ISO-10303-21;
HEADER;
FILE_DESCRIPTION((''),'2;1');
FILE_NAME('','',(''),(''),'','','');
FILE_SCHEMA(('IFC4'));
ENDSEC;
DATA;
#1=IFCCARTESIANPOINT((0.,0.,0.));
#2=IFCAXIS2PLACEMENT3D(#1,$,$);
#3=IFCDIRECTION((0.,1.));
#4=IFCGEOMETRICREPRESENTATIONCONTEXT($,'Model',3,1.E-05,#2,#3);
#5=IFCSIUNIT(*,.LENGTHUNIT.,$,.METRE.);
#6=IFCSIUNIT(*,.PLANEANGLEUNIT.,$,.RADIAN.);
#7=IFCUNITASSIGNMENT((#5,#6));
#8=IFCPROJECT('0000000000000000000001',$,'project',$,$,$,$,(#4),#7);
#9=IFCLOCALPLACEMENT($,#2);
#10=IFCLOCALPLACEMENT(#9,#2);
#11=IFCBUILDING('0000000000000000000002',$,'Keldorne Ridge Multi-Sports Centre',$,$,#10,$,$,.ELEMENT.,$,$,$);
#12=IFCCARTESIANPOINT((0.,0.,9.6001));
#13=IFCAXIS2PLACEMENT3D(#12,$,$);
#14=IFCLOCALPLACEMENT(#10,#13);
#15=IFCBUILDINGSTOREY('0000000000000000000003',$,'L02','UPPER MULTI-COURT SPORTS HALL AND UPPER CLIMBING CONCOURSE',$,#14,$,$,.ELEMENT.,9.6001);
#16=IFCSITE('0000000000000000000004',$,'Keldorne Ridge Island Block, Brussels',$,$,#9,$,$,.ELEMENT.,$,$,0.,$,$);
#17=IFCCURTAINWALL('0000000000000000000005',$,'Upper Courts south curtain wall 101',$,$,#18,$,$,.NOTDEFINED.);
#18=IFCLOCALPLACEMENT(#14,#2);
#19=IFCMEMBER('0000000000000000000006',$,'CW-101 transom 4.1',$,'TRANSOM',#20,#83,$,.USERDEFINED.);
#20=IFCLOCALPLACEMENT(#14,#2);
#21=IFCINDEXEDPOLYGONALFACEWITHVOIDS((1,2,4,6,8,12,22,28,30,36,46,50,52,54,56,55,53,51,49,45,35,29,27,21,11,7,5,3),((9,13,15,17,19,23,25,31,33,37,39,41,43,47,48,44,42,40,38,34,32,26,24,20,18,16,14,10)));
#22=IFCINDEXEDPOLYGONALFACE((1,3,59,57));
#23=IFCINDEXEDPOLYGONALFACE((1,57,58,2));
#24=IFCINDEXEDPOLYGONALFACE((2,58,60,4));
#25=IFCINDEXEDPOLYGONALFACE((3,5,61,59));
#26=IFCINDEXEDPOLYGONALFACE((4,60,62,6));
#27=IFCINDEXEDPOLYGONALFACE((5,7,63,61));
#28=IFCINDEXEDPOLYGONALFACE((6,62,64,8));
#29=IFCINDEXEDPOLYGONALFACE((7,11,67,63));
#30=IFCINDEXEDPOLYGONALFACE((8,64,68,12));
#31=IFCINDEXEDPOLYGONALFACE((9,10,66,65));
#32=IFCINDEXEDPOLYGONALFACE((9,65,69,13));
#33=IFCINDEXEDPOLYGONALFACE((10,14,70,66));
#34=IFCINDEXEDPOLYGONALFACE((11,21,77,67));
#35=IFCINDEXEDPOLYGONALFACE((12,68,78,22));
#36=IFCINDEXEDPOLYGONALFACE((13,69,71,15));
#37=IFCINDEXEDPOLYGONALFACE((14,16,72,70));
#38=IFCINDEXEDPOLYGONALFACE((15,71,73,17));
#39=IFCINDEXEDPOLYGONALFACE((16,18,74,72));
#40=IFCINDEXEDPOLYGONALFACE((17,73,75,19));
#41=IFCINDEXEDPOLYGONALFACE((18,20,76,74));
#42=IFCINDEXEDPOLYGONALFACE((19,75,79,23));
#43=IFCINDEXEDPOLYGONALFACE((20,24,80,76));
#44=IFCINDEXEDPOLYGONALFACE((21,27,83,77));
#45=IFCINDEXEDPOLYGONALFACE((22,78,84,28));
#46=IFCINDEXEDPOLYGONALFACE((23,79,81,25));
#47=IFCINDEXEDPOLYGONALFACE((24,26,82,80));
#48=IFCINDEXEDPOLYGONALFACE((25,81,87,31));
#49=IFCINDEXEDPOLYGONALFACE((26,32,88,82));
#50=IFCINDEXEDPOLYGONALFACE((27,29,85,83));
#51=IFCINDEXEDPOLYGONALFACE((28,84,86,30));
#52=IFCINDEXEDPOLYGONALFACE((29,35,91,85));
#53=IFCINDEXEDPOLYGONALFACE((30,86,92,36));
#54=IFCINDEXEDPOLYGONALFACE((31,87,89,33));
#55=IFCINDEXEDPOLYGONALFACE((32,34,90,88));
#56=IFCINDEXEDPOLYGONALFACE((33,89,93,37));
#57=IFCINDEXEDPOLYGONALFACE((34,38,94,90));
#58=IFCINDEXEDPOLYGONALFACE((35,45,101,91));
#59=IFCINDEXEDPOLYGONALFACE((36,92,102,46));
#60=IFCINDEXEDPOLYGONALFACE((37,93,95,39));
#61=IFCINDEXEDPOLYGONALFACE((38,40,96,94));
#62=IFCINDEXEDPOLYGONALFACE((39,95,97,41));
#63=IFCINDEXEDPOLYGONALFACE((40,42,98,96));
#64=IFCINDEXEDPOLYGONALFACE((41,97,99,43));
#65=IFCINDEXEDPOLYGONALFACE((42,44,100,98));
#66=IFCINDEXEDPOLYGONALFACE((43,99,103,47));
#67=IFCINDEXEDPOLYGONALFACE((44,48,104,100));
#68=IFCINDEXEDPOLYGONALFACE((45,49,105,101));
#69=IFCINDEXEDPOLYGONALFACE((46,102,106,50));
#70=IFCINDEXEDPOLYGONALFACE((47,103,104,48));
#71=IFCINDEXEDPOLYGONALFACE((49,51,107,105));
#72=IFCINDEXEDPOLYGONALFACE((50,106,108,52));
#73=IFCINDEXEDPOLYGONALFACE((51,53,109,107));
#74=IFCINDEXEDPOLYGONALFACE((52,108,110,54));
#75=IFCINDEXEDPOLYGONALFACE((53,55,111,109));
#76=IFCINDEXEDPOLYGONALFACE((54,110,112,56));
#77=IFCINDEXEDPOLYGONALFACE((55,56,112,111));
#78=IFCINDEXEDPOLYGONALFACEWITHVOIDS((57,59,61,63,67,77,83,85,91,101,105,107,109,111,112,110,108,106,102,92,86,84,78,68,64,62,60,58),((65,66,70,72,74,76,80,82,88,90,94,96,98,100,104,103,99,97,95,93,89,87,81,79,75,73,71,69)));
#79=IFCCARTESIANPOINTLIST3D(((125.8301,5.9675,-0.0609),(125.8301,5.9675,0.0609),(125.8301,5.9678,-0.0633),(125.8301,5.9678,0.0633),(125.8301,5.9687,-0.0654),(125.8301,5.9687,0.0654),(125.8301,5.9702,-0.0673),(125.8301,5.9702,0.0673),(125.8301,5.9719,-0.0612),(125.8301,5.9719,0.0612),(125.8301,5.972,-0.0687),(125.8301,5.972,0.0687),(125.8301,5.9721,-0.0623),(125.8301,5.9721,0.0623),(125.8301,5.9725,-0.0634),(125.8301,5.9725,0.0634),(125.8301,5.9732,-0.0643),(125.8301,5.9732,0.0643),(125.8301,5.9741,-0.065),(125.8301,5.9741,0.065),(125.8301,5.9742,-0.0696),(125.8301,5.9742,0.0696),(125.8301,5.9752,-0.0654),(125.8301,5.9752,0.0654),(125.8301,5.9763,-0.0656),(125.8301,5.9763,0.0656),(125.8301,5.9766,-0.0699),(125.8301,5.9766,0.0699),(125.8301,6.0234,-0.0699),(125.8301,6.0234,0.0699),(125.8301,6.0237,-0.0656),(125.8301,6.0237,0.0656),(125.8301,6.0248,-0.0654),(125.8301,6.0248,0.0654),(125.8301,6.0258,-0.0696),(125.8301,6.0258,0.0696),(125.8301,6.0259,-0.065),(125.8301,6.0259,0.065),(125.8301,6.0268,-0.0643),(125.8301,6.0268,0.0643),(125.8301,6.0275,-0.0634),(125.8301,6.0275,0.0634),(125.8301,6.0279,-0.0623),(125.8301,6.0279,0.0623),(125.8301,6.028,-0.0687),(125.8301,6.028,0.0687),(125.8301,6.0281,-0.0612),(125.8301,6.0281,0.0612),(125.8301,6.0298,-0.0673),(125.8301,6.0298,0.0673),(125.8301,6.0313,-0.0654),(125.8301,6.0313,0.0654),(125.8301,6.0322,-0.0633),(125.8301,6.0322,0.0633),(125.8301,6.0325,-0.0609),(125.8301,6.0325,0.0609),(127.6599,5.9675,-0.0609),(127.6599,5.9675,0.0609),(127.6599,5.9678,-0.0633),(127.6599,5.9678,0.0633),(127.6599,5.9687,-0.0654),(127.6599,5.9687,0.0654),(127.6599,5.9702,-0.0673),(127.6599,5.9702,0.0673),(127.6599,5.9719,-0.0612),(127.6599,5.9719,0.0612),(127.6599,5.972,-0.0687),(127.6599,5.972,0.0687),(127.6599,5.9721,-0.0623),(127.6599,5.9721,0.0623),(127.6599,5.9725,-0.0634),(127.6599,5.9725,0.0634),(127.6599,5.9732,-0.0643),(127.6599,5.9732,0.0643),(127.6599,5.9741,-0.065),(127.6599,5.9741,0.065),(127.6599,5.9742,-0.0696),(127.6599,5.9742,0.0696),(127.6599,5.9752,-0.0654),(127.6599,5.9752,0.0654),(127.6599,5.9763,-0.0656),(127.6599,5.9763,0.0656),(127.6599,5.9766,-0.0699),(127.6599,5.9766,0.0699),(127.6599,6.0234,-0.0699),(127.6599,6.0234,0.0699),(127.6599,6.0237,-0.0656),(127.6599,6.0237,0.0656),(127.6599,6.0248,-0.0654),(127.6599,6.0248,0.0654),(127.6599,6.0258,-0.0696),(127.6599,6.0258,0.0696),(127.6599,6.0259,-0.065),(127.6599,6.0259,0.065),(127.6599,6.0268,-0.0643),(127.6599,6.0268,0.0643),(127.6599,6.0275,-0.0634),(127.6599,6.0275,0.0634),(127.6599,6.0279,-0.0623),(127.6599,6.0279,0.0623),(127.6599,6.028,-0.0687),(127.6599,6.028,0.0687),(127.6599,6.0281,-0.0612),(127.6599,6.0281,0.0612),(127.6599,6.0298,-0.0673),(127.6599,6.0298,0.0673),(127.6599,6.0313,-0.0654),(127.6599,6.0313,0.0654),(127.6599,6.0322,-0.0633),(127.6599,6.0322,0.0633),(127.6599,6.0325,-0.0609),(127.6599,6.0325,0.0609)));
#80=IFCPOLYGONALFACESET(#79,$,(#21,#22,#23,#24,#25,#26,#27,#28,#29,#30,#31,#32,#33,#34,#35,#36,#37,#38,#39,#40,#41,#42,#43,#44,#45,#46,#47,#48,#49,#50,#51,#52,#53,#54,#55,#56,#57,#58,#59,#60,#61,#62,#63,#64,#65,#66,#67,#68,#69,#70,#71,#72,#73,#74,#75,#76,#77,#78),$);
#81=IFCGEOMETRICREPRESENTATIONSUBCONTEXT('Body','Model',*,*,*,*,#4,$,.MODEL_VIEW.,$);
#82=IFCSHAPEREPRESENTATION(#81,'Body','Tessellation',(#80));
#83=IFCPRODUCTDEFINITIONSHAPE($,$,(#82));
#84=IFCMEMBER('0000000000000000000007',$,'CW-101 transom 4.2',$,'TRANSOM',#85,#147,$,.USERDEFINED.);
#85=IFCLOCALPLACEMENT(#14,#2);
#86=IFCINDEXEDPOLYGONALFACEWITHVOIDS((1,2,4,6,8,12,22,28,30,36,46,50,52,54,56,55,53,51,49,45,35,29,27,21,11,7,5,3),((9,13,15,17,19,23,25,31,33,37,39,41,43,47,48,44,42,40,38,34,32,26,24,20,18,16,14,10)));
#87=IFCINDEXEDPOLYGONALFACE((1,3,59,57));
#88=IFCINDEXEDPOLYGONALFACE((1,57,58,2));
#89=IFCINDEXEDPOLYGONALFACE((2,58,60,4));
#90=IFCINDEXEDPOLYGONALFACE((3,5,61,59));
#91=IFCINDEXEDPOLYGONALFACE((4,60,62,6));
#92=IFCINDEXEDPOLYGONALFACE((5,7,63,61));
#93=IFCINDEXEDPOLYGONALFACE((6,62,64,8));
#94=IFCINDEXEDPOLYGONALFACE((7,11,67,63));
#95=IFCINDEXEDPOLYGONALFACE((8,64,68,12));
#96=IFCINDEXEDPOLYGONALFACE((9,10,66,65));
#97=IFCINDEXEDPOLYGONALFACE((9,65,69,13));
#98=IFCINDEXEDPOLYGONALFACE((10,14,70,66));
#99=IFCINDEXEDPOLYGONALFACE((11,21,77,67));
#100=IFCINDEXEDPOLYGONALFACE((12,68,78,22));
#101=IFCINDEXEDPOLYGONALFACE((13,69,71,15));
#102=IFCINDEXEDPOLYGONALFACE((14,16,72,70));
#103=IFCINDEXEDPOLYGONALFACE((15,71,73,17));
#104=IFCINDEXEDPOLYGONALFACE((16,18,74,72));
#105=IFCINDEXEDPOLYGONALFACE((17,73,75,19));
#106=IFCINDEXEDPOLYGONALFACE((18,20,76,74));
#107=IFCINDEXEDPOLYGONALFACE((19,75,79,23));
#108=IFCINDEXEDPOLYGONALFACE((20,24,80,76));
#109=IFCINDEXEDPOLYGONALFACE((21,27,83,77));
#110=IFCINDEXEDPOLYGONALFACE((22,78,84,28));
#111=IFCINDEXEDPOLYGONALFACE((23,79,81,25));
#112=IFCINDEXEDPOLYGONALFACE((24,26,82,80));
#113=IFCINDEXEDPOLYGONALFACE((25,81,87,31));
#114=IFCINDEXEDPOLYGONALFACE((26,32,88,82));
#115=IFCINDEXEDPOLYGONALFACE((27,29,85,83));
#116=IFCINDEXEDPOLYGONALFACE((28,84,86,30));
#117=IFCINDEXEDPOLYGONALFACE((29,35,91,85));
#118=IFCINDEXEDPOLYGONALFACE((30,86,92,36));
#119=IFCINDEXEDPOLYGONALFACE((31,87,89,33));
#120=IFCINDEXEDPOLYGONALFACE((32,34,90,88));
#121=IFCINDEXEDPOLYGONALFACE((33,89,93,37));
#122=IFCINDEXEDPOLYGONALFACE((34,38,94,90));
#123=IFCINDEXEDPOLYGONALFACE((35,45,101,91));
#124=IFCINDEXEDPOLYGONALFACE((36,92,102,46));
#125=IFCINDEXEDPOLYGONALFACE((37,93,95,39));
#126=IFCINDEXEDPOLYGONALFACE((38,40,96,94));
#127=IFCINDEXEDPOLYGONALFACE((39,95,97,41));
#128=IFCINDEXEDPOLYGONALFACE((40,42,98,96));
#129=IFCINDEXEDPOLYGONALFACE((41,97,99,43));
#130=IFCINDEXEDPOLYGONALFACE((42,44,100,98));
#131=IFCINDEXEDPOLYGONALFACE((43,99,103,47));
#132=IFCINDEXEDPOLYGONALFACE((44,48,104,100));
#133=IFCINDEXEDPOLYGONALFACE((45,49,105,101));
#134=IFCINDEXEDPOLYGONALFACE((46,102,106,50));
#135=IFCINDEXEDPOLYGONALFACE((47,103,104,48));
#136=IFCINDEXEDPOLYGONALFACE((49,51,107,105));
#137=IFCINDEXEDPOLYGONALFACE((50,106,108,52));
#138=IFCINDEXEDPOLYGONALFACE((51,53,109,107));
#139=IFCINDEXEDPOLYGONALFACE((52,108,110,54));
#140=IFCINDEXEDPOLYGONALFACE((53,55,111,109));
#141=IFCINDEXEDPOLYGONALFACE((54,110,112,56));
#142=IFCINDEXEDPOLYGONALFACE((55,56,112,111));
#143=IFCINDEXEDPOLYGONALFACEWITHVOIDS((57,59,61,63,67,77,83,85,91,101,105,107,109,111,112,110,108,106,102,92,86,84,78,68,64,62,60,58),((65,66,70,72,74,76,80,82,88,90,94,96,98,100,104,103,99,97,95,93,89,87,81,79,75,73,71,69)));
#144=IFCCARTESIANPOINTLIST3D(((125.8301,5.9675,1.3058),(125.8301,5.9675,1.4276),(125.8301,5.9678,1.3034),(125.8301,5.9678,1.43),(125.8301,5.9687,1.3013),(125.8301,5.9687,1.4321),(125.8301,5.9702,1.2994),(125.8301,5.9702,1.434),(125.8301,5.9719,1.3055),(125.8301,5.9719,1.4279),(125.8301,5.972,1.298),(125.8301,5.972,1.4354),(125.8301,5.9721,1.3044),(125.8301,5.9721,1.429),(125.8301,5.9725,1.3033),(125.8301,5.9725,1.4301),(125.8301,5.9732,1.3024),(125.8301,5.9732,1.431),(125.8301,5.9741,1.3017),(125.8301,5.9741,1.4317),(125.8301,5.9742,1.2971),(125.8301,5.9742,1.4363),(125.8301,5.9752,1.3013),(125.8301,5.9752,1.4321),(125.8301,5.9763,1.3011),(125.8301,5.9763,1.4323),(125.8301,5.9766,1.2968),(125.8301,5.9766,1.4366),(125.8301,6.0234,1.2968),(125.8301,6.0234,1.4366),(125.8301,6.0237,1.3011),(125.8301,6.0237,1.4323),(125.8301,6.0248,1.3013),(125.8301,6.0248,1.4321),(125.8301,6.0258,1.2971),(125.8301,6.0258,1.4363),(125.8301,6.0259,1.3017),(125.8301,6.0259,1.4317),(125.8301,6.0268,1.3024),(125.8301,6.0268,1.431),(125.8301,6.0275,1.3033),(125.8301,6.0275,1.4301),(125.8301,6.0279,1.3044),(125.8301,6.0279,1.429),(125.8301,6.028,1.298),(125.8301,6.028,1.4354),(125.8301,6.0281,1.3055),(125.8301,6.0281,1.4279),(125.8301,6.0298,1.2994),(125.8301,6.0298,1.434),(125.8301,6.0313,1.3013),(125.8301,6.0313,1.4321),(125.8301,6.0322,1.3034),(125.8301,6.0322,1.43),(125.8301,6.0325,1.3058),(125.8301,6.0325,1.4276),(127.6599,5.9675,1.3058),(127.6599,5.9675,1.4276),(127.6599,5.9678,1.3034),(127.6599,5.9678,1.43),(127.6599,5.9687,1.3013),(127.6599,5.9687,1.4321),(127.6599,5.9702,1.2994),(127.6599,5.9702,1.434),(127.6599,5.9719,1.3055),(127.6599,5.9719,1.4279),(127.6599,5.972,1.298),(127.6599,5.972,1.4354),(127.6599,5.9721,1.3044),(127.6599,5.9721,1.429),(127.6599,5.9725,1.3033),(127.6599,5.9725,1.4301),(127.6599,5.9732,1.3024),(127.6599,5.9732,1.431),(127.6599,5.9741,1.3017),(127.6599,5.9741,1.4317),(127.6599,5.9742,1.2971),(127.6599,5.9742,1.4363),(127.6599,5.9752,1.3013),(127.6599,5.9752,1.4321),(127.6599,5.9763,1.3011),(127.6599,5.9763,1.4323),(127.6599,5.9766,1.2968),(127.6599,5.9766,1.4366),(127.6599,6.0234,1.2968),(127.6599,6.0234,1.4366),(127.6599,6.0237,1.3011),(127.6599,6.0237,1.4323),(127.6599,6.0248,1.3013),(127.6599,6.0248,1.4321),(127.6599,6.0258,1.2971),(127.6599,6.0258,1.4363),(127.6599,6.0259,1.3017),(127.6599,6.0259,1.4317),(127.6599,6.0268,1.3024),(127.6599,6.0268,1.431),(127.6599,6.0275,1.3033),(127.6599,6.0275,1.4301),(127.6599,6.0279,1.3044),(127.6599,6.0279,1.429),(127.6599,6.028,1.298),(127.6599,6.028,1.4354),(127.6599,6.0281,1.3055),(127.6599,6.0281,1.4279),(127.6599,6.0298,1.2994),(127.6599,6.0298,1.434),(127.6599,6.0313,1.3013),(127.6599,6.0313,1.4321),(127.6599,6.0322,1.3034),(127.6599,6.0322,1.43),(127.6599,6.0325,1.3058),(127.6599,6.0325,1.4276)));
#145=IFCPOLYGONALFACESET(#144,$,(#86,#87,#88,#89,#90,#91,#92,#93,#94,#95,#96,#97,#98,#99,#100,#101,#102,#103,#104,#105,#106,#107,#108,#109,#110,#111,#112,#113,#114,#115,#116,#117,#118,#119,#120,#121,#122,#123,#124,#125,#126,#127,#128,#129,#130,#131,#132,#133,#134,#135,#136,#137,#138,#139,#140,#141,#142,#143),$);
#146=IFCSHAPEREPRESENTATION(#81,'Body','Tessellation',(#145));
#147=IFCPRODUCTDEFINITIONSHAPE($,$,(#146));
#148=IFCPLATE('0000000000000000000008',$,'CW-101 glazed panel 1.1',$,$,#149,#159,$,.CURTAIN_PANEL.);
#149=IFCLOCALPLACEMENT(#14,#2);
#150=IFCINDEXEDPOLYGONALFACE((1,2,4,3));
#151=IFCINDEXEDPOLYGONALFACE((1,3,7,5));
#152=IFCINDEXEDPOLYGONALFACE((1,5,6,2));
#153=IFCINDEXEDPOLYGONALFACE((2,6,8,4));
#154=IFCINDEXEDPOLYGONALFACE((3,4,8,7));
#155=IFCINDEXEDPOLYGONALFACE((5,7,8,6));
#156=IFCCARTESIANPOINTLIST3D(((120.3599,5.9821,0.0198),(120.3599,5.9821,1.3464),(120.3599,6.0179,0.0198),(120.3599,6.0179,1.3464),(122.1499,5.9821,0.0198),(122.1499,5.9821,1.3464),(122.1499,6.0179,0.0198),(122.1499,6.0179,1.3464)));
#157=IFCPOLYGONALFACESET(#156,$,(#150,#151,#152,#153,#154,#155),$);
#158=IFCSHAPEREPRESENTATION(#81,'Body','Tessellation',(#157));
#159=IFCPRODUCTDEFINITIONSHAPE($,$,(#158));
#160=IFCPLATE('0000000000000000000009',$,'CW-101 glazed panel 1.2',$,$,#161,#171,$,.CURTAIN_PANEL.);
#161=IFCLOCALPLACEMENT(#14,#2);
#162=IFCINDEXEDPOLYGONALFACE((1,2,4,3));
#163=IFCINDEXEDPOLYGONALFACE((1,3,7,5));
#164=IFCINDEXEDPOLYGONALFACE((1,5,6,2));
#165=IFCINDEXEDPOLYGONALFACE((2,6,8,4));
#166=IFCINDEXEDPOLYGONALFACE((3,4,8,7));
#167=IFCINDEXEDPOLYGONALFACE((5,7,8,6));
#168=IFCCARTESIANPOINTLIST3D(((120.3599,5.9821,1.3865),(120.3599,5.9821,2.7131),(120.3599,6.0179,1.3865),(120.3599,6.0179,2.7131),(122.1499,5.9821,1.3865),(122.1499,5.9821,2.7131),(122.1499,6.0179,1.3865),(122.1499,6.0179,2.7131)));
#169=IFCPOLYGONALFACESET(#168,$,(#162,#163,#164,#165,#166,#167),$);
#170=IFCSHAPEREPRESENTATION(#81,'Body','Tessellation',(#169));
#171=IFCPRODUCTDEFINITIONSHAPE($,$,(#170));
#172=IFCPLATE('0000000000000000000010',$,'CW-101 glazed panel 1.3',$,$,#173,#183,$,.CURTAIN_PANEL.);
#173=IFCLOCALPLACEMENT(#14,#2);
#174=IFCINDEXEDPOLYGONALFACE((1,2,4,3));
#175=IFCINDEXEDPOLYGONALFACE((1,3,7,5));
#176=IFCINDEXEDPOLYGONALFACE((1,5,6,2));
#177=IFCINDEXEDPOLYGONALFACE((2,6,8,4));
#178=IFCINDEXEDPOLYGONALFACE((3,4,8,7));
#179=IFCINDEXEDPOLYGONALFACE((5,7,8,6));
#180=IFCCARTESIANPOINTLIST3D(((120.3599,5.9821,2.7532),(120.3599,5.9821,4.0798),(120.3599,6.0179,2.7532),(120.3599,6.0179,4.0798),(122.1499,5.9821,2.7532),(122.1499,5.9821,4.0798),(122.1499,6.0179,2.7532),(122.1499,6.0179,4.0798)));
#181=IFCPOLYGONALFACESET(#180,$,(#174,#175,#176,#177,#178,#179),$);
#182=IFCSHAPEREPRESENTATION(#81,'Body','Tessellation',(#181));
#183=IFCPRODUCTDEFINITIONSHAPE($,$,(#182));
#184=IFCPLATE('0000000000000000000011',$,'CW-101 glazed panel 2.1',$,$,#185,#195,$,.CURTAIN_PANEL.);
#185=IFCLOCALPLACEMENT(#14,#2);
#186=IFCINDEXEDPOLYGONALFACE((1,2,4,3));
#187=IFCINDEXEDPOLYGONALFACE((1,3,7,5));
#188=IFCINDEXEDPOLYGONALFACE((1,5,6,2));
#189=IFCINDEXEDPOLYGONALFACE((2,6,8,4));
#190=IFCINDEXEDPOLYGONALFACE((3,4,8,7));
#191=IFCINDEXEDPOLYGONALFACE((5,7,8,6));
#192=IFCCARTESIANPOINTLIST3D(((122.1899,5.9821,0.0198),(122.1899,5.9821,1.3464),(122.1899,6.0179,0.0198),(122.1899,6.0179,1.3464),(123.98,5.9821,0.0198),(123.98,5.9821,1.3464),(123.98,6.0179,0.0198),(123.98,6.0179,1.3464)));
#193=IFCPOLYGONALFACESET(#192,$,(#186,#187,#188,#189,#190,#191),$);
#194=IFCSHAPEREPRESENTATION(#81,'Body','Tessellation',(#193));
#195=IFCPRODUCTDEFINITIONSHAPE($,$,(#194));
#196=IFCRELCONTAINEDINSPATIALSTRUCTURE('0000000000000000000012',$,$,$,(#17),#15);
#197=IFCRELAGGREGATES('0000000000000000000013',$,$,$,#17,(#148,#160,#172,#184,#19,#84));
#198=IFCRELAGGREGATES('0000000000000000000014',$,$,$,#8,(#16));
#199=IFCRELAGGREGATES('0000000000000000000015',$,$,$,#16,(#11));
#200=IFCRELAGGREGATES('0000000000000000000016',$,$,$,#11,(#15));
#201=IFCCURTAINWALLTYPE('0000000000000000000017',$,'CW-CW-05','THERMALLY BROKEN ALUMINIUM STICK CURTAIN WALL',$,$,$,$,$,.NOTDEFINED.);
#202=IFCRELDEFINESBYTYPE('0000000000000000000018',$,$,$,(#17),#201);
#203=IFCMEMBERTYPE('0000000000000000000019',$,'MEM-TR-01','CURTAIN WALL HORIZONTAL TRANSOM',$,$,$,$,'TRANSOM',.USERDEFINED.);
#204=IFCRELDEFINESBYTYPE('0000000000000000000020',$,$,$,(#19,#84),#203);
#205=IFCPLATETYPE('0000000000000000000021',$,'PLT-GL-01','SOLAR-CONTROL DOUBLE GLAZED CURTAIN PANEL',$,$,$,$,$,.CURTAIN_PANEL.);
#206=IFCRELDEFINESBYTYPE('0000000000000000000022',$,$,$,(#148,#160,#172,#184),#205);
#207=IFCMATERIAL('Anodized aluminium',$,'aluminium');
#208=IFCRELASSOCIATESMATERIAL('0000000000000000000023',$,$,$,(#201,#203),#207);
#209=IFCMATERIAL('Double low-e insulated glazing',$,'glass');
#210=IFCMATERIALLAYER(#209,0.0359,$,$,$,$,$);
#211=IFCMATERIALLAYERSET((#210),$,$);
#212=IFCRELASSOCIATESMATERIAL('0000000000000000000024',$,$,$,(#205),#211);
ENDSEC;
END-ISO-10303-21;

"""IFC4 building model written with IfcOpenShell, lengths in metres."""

from ifc_helpers import new_model, si_unit, direction, frame, origin, origin_2d, place, context, subcontext, project, spatial, rectangle, hollow_rectangle, extrude, material, layer, layer_set, material_profile, profile_set, type_object, element, aggregate, save


model = new_model("IFC4")

# Units and contexts
model_context = context("Model", 3, precision=1e-05, world=origin(), true_north=direction((0.0, 1.0)))
body_context = subcontext(model_context, "Body", "Model", "MODEL_VIEW")
ifc_project = project(units=[si_unit("LENGTHUNIT", "METRE"), si_unit("PLANEANGLEUNIT", "RADIAN")], contexts=[model_context])

# Site, building, storey
site_placement = place(None, origin())
site = spatial("IfcSite", under=ifc_project, at=site_placement, Name="Keldorne Ridge Island Block, Brussels", CompositionType="ELEMENT", RefElevation=0.0)
building_placement = place(site_placement, origin())
building = spatial("IfcBuilding", under=site, at=building_placement, Name="Keldorne Ridge Multi-Sports Centre", CompositionType="ELEMENT")
storey_placement = place(building_placement, frame((0.0, 0.0, 9.6001)))
storey = spatial("IfcBuildingStorey", under=building, at=storey_placement, Name="L02", Description="UPPER MULTI-COURT SPORTS HALL AND UPPER CLIMBING CONCOURSE", CompositionType="ELEMENT", Elevation=9.6001)

# Curtain wall, members, plates
ifc_material_1 = material(Name="Anodized aluminium", Category="aluminium")
curtain_wall_type = type_object("IfcCurtainWallType", Name="CW-CW-05", Description="THERMALLY BROKEN ALUMINIUM STICK CURTAIN WALL", PredefinedType="NOTDEFINED", material=ifc_material_1)
curtain_wall_placement = place(storey_placement, origin())
curtain_wall = element("IfcCurtainWall", 1, at=curtain_wall_placement, inside=storey, type_object=curtain_wall_type, Name="Upper Courts south curtain wall 101", PredefinedType="NOTDEFINED")
ifc_material_profile_1 = material_profile(ifc_material_1, hollow_rectangle(XDim=0.0649, YDim=0.1399, WallThickness=0.0044, InnerFilletRadius=0.0044, OuterFilletRadius=0.009, at=origin_2d()), Name="ALU TRANSOM 140x65x4.5")
ifc_profile_set_1 = profile_set([ifc_material_profile_1], Name="Anodized aluminium")
member_type_1 = type_object("IfcMemberType", Name="MEM-TR-01", Description="CURTAIN WALL HORIZONTAL TRANSOM", ElementType="TRANSOM", PredefinedType="USERDEFINED", material=ifc_profile_set_1)
member_1_placement = place(storey_placement, frame((125.8301, 6.0, 0.0), z_axis=(1.0, 0.0, 0.0), x_axis=(0.0, 1.0, 0.0)))
member_1 = element("IfcMember", 2, at=member_1_placement, type_object=member_type_1, Name="CW-101 transom 4.1", ObjectType="TRANSOM", PredefinedType="USERDEFINED", context=body_context, shape_type="SweptSolid", body=[
    extrude(hollow_rectangle(XDim=0.0649, YDim=0.1399, WallThickness=0.0044, InnerFilletRadius=0.0044, OuterFilletRadius=0.009, at=origin_2d()), origin(), (0.0, 0.0, 1.0), 1.8298),
])
member_2_placement = place(storey_placement, frame((125.8301, 6.0, 1.3667), z_axis=(1.0, 0.0, 0.0), x_axis=(0.0, 1.0, 0.0)))
member_2 = element("IfcMember", 3, at=member_2_placement, type_object=member_type_1, Name="CW-101 transom 4.2", ObjectType="TRANSOM", PredefinedType="USERDEFINED", context=body_context, shape_type="SweptSolid", body=[
    extrude(hollow_rectangle(XDim=0.0649, YDim=0.1399, WallThickness=0.0044, InnerFilletRadius=0.0044, OuterFilletRadius=0.009, at=origin_2d()), origin(), (0.0, 0.0, 1.0), 1.8298),
])
ifc_material_2 = material(Name="Double low-e insulated glazing", Category="glass")
ifc_layer = layer(ifc_material_2, 0.0359)
ifc_layer_set = layer_set([ifc_layer])
plate_type = type_object("IfcPlateType", Name="PLT-GL-01", Description="SOLAR-CONTROL DOUBLE GLAZED CURTAIN PANEL", PredefinedType="CURTAIN_PANEL", material=ifc_layer_set)
plate_1_placement = place(storey_placement, frame((121.2549, 6.0, 0.0198), z_axis=(0.0, 0.0, 1.0), x_axis=(1.0, 0.0, 0.0)))
plate_1 = element("IfcPlate", 4, at=plate_1_placement, type_object=plate_type, Name="CW-101 glazed panel 1.1", PredefinedType="CURTAIN_PANEL", context=body_context, shape_type="SweptSolid", body=[
    extrude(rectangle(XDim=1.79, YDim=0.0359, at=origin_2d()), origin(), (0.0, 0.0, 1.0), 1.3267),
])
plate_2_placement = place(storey_placement, frame((121.2549, 6.0, 1.3865), z_axis=(0.0, 0.0, 1.0), x_axis=(1.0, 0.0, 0.0)))
plate_2 = element("IfcPlate", 5, at=plate_2_placement, type_object=plate_type, Name="CW-101 glazed panel 1.2", PredefinedType="CURTAIN_PANEL", context=body_context, shape_type="SweptSolid", body=[
    extrude(rectangle(XDim=1.79, YDim=0.0359, at=origin_2d()), origin(), (0.0, 0.0, 1.0), 1.3267),
])
plate_3_placement = place(storey_placement, frame((121.2549, 6.0, 2.7532), z_axis=(0.0, 0.0, 1.0), x_axis=(1.0, 0.0, 0.0)))
plate_3 = element("IfcPlate", 6, at=plate_3_placement, type_object=plate_type, Name="CW-101 glazed panel 1.3", PredefinedType="CURTAIN_PANEL", context=body_context, shape_type="SweptSolid", body=[
    extrude(rectangle(XDim=1.79, YDim=0.0359, at=origin_2d()), origin(), (0.0, 0.0, 1.0), 1.3267),
])
plate_4_placement = place(storey_placement, frame((123.085, 6.0, 0.0198), z_axis=(0.0, 0.0, 1.0), x_axis=(1.0, 0.0, 0.0)))
plate_4 = element("IfcPlate", 7, at=plate_4_placement, type_object=plate_type, Name="CW-101 glazed panel 2.1", PredefinedType="CURTAIN_PANEL", context=body_context, shape_type="SweptSolid", body=[
    extrude(rectangle(XDim=1.79, YDim=0.0359, at=origin_2d()), origin(), (0.0, 0.0, 1.0), 1.3267),
])
aggregate(curtain_wall, [plate_1, plate_2, plate_3, plate_4, member_1, member_2])

save(model, "model.ifc")
